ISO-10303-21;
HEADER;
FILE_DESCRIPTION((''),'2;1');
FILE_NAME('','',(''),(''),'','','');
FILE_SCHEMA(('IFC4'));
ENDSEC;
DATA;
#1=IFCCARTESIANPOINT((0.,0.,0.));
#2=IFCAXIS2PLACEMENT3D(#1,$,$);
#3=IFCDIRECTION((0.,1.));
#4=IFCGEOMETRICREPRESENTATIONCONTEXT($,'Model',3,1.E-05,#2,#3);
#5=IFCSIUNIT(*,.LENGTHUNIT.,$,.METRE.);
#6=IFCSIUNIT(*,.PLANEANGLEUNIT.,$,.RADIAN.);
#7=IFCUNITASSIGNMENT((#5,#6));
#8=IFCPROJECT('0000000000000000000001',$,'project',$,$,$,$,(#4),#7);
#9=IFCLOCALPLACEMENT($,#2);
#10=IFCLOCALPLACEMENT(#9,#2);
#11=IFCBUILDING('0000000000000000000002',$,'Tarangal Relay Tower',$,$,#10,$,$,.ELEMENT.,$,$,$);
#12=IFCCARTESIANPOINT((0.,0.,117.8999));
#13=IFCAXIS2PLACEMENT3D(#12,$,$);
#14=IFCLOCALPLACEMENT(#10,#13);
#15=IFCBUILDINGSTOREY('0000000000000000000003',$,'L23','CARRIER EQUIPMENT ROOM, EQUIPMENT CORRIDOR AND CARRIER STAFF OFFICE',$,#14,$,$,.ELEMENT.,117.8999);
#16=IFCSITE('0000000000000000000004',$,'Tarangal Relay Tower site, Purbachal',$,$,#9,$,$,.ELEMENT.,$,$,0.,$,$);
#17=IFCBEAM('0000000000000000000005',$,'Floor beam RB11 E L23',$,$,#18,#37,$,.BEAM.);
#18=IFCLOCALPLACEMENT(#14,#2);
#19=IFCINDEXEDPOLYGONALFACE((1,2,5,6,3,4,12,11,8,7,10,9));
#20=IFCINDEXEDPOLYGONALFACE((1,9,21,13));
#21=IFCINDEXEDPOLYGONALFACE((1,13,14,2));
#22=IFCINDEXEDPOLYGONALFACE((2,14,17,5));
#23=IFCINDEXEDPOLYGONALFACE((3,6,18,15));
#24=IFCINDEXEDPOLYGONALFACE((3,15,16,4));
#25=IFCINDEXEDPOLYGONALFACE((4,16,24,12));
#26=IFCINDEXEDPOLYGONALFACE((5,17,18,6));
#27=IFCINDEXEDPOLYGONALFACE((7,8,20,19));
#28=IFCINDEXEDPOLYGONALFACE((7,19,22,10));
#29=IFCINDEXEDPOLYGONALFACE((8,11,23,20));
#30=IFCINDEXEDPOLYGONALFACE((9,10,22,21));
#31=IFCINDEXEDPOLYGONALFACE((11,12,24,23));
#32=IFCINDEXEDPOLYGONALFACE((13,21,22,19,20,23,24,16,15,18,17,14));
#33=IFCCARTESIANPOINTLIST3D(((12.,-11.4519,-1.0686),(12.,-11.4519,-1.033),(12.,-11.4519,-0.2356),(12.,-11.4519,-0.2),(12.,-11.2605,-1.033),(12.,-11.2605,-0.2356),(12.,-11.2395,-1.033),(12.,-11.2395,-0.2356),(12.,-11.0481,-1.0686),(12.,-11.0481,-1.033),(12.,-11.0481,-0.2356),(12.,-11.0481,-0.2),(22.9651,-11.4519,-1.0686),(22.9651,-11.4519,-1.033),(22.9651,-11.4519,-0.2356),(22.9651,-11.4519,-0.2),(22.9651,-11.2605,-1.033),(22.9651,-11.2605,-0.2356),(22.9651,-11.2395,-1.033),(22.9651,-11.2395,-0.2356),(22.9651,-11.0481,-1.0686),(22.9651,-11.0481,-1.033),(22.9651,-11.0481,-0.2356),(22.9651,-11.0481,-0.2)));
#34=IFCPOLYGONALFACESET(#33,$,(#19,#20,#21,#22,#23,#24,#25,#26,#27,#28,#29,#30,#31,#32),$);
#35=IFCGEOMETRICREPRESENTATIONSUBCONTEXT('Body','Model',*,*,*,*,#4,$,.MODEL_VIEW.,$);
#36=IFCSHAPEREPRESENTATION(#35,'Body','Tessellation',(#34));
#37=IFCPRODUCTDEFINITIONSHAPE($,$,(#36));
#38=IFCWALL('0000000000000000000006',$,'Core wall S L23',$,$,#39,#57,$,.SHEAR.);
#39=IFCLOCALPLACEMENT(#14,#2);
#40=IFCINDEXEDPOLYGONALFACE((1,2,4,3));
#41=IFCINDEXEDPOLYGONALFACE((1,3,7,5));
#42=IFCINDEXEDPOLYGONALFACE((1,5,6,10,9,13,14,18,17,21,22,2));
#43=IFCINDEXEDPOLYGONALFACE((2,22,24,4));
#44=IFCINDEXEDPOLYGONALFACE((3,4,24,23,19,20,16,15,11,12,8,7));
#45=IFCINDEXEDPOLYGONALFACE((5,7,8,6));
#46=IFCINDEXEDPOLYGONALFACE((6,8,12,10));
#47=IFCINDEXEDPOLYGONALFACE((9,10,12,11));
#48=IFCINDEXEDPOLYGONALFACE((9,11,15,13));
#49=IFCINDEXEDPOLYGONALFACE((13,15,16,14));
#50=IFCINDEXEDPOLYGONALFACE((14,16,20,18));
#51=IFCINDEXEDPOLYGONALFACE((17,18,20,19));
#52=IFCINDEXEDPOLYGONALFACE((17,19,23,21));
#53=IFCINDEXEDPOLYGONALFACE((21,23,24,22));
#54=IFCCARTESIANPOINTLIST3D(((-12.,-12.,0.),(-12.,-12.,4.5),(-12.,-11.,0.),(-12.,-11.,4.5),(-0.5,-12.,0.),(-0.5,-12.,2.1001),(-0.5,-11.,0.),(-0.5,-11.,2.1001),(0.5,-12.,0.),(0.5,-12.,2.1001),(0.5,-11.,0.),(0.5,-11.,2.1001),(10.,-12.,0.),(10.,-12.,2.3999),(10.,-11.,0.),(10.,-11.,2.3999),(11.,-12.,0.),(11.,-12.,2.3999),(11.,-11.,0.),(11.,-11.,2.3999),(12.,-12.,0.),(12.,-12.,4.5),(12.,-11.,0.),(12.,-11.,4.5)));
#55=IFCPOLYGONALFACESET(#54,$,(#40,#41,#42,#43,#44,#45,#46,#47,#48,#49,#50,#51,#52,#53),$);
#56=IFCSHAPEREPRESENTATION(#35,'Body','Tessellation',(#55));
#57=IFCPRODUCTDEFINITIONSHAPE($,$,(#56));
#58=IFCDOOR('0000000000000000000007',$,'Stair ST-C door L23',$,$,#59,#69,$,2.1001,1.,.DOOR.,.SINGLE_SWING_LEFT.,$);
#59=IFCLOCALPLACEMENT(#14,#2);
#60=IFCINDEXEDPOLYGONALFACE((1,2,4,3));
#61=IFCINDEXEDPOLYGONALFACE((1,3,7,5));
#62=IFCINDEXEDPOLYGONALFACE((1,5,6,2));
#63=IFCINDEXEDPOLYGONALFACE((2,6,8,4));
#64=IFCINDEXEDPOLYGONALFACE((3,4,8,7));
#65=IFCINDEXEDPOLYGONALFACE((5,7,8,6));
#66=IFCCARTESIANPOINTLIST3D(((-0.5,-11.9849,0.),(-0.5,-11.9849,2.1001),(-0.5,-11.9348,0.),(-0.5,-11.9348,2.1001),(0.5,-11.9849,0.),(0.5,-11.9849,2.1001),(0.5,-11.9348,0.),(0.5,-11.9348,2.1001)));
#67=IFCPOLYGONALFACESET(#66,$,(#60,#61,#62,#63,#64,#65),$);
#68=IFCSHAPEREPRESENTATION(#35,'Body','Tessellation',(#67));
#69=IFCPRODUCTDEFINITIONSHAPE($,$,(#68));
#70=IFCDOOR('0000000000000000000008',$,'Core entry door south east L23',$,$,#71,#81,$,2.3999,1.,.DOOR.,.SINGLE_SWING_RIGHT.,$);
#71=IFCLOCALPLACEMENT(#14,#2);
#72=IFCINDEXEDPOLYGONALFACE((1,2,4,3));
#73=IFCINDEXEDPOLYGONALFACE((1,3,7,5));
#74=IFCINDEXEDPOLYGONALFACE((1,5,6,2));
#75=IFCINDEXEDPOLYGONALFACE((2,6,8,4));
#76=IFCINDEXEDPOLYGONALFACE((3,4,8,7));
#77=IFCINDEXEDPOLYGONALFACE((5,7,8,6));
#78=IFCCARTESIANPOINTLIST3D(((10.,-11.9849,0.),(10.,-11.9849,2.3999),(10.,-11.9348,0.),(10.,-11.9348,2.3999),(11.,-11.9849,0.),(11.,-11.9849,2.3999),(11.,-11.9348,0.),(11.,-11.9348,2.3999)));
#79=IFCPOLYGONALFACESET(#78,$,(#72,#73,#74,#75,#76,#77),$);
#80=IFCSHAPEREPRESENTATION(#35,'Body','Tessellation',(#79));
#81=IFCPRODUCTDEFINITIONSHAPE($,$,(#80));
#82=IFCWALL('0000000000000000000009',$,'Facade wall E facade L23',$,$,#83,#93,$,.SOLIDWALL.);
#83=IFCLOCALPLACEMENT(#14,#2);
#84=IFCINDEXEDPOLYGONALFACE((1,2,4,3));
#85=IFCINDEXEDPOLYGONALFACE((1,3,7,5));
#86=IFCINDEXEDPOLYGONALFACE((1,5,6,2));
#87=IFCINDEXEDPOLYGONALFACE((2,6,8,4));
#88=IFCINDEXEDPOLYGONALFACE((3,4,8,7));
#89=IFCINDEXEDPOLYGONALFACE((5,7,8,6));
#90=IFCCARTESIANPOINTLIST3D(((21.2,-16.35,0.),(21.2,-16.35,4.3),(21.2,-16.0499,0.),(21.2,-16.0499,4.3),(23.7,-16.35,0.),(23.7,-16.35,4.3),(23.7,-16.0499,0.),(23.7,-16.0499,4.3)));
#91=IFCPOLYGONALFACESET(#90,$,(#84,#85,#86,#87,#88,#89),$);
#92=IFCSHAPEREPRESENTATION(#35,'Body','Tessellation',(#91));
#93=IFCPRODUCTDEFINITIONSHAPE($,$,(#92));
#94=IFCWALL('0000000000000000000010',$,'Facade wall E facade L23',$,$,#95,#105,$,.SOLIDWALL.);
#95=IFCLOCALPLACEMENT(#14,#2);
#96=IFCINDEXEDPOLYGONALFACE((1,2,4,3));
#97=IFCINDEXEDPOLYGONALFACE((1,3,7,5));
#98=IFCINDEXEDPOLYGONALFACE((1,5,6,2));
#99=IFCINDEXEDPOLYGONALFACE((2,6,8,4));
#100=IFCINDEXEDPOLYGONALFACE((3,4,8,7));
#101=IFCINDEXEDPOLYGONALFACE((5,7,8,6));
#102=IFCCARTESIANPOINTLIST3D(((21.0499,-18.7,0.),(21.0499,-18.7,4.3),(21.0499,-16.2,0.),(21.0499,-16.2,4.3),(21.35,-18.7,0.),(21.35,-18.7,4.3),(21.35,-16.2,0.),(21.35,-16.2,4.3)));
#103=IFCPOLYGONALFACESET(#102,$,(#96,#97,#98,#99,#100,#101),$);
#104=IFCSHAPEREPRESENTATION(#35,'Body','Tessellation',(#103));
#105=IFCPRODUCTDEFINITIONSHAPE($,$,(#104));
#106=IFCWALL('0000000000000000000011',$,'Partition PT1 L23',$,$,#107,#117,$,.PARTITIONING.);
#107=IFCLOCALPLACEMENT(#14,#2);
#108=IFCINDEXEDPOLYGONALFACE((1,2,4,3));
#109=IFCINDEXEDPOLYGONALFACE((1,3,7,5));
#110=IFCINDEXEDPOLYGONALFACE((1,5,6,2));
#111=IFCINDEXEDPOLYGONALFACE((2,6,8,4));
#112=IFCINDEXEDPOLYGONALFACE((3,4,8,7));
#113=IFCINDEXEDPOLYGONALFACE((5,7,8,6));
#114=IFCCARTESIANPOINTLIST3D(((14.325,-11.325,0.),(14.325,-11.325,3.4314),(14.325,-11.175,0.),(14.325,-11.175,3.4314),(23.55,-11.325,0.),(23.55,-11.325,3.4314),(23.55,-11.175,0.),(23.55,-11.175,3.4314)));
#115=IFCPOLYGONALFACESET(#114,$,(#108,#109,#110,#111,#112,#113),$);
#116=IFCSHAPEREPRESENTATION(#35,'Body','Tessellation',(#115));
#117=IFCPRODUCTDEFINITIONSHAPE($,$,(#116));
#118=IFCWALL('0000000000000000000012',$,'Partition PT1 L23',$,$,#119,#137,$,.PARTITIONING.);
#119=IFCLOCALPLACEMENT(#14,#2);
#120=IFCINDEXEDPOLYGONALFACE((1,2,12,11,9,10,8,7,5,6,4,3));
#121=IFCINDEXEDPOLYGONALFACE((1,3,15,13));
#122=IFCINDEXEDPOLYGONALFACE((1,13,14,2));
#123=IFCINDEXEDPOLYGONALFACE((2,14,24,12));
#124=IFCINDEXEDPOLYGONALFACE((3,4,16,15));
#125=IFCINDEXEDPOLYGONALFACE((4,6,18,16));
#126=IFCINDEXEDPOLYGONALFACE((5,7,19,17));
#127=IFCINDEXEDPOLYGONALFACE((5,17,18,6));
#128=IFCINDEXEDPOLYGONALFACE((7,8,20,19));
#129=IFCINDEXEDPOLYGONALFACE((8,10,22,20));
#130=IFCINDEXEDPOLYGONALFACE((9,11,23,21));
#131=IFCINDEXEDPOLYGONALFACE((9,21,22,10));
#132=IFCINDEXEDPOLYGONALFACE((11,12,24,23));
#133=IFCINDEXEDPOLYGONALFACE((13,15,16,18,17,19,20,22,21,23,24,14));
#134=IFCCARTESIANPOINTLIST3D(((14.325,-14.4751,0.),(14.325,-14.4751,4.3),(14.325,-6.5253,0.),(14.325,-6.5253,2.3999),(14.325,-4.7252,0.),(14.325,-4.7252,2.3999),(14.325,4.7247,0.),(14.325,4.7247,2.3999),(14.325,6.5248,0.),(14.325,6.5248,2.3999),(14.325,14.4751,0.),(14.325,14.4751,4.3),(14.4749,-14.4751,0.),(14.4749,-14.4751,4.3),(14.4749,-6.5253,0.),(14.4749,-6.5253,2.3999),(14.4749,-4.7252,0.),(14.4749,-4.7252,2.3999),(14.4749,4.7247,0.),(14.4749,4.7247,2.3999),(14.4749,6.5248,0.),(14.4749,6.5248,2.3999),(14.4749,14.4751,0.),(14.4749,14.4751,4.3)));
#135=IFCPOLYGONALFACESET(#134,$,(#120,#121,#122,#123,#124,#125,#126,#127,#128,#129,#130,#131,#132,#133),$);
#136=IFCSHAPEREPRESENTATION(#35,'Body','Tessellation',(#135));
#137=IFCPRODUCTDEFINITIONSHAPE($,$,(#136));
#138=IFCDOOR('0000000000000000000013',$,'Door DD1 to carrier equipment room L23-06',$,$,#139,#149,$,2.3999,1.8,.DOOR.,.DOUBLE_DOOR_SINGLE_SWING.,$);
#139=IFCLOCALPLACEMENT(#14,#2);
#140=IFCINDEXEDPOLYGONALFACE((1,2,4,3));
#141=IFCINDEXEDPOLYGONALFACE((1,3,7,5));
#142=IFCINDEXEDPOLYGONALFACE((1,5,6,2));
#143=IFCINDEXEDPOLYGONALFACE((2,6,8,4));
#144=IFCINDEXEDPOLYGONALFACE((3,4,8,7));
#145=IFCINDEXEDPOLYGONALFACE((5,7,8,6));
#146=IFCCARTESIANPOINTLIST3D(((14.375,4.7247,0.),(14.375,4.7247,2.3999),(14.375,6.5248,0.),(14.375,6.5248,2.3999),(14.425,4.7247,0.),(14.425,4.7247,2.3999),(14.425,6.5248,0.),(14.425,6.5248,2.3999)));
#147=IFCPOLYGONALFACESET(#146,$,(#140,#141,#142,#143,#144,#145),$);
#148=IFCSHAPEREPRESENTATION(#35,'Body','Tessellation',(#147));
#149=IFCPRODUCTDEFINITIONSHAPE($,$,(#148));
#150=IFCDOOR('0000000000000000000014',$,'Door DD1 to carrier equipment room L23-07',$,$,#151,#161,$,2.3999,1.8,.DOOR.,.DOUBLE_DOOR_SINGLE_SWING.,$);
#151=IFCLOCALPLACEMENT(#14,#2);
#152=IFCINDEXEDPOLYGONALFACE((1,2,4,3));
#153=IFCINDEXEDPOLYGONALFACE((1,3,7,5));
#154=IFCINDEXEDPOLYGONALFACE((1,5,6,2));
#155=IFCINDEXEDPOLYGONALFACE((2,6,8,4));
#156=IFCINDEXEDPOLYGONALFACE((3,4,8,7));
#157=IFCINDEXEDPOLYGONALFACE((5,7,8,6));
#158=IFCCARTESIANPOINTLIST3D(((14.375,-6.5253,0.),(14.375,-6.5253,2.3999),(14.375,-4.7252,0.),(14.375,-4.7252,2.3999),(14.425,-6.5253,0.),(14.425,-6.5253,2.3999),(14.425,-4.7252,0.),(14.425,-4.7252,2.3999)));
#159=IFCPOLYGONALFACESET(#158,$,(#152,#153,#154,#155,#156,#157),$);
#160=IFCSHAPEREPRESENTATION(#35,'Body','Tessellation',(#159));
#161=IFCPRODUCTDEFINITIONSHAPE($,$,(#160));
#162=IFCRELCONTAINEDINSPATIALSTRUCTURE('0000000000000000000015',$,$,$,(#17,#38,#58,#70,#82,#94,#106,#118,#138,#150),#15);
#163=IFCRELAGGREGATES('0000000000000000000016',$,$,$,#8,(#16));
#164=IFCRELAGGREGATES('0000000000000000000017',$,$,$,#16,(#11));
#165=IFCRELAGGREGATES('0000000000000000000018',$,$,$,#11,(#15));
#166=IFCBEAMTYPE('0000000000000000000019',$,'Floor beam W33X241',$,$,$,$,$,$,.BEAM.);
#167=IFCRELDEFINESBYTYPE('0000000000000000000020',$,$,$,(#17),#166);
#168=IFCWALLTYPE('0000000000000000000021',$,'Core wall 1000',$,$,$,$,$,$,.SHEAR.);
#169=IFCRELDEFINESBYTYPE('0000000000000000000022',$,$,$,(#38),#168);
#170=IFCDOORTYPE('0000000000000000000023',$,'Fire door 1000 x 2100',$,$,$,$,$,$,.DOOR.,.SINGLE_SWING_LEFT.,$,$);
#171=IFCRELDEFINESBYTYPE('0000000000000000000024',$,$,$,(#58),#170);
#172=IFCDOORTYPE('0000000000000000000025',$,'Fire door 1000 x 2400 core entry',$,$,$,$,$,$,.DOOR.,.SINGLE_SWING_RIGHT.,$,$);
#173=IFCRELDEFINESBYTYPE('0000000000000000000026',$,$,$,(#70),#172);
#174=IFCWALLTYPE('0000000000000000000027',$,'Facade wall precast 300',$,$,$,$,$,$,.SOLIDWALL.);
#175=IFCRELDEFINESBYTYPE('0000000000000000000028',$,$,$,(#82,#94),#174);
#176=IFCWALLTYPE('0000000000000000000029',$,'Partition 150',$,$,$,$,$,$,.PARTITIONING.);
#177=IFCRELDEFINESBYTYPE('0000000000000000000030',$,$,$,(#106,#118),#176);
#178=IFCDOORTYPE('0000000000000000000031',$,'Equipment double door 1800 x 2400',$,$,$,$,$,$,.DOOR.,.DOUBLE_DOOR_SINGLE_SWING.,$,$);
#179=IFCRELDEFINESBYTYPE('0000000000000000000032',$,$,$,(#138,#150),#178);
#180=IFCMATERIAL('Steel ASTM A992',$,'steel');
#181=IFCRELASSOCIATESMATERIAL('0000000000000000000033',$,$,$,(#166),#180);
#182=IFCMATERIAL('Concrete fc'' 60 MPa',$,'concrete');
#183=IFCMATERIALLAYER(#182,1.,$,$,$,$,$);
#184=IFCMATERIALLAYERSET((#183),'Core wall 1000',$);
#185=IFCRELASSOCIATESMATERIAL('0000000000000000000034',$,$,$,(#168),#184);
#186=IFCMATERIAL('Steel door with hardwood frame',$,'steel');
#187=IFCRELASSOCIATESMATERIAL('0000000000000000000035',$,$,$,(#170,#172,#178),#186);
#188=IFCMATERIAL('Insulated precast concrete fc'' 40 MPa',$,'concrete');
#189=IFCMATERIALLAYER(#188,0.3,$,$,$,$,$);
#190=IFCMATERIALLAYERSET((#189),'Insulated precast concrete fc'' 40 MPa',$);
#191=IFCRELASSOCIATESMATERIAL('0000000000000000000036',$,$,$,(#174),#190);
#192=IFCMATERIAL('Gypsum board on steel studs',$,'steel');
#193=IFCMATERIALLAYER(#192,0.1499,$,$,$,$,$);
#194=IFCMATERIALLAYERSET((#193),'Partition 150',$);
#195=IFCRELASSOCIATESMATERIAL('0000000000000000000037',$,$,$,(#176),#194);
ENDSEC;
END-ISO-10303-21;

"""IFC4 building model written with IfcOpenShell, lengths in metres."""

from ifc_helpers import new_model, si_unit, direction, frame, frame_2d, origin, origin_2d, place, context, subcontext, project, spatial, rectangle, i_section, extrude, material, layer, layer_set, material_profile, profile_set, type_object, element, fill, save


model = new_model("IFC4")

# Units and contexts
model_context = context("Model", 3, precision=1e-05, world=origin(), true_north=direction((0.0, 1.0)))
body_context = subcontext(model_context, "Body", "Model", "MODEL_VIEW")
ifc_project = project(units=[si_unit("LENGTHUNIT", "METRE"), si_unit("PLANEANGLEUNIT", "RADIAN")], contexts=[model_context])

# Site, building, storey
site_placement = place(None, origin())
site = spatial("IfcSite", under=ifc_project, at=site_placement, Name="Tarangal Relay Tower site, Purbachal", CompositionType="ELEMENT", RefElevation=0.0)
building_placement = place(site_placement, origin())
building = spatial("IfcBuilding", under=site, at=building_placement, Name="Tarangal Relay Tower", CompositionType="ELEMENT")
storey_placement = place(building_placement, frame((0.0, 0.0, 117.8999)))
storey = spatial("IfcBuildingStorey", under=building, at=storey_placement, Name="L23", Description="CARRIER EQUIPMENT ROOM, EQUIPMENT CORRIDOR AND CARRIER STAFF OFFICE", CompositionType="ELEMENT", Elevation=117.8999)

# Beam
ifc_material_1 = material(Name="Steel ASTM A992", Category="steel")
ifc_material_profile = material_profile(ifc_material_1, i_section(OverallWidth=0.4038, OverallDepth=0.8687, WebThickness=0.021, FlangeThickness=0.0356, at=origin_2d()), Name="W33X241")
ifc_profile_set = profile_set([ifc_material_profile], Name="Steel ASTM A992")
beam_type = type_object("IfcBeamType", Name="Floor beam W33X241", PredefinedType="BEAM", material=ifc_profile_set)
beam_placement = place(storey_placement, frame((12.0, -11.25, -0.6343), z_axis=(1.0, 0.0, 0.0), x_axis=(0.0, 1.0, 0.0)))
element("IfcBeam", 1, at=beam_placement, inside=storey, type_object=beam_type, Name="Floor beam RB11 E L23", PredefinedType="BEAM", context=body_context, shape_type="SweptSolid", body=[
    extrude(i_section(OverallWidth=0.4038, OverallDepth=0.8687, WebThickness=0.021, FlangeThickness=0.0356, at=origin_2d()), origin(), (0.0, 0.0, 1.0), 10.9651),
])

# Wall, openings, doors
ifc_material_2 = material(Name="Concrete fc' 60 MPa", Category="concrete")
ifc_layer_1 = layer(ifc_material_2, 1.0)
ifc_layer_set_1 = layer_set([ifc_layer_1], Name="Core wall 1000")
wall_type_1 = type_object("IfcWallType", Name="Core wall 1000", PredefinedType="SHEAR", material=ifc_layer_set_1)
wall_1_placement = place(storey_placement, frame((12.0, -11.5, 0.0), z_axis=(0.0, 0.0, 1.0), x_axis=(-1.0, 0.0, 0.0)))
wall_1 = element("IfcWall", 2, at=wall_1_placement, inside=storey, type_object=wall_type_1, Name="Core wall S L23", PredefinedType="SHEAR", context=body_context, shape_type="SweptSolid", body=[
    extrude(rectangle(XDim=24.0, YDim=1.0, at=frame_2d((12.0, 0.0))), origin(), (0.0, 0.0, 1.0), 4.5),
])
opening_1_placement = place(wall_1_placement, frame((11.5, 0.0, 0.0)))
opening_1 = element("IfcOpeningElement", 3, at=opening_1_placement, cuts=wall_1, PredefinedType="OPENING", context=body_context, shape_type="SweptSolid", body=[
    extrude(rectangle(XDim=1.0, YDim=2.1001, at=frame_2d((0.5, 1.05))), frame((0.0, 0.51, 0.0), z_axis=(0.0, -1.0, 0.0), x_axis=(1.0, 0.0, 0.0)), (0.0, 0.0, 1.0), 1.02),
])
opening_2_placement = place(wall_1_placement, frame((1.0, 0.0, 0.0)))
opening_2 = element("IfcOpeningElement", 4, at=opening_2_placement, cuts=wall_1, PredefinedType="OPENING", context=body_context, shape_type="SweptSolid", body=[
    extrude(rectangle(XDim=1.0, YDim=2.3999, at=frame_2d((0.5, 1.2))), frame((0.0, 0.51, 0.0), z_axis=(0.0, -1.0, 0.0), x_axis=(1.0, 0.0, 0.0)), (0.0, 0.0, 1.0), 1.02),
])
ifc_material_3 = material(Name="Steel door with hardwood frame", Category="steel")
door_type_1 = type_object("IfcDoorType", Name="Fire door 1000 x 2100", OperationType="SINGLE_SWING_LEFT", PredefinedType="DOOR", material=ifc_material_3)
door_1_placement = place(opening_1_placement, origin())
door_1 = element("IfcDoor", 5, at=door_1_placement, inside=storey, type_object=door_type_1, Name="Stair ST-C door L23", OperationType="SINGLE_SWING_LEFT", OverallHeight=2.1001, OverallWidth=1.0, PredefinedType="DOOR", context=body_context, shape_type="SweptSolid", body=[
    extrude(rectangle(XDim=1.0, YDim=2.1001, at=frame_2d((0.5, 1.05))), frame((0.0, 0.4849, 0.0), z_axis=(0.0, -1.0, 0.0), x_axis=(1.0, 0.0, 0.0)), (0.0, 0.0, 1.0), 0.05),
])
fill(opening_1, door_1)
door_type_2 = type_object("IfcDoorType", Name="Fire door 1000 x 2400 core entry", OperationType="SINGLE_SWING_RIGHT", PredefinedType="DOOR", material=ifc_material_3)
door_2_placement = place(opening_2_placement, origin())
door_2 = element("IfcDoor", 6, at=door_2_placement, inside=storey, type_object=door_type_2, Name="Core entry door south east L23", OperationType="SINGLE_SWING_RIGHT", OverallHeight=2.3999, OverallWidth=1.0, PredefinedType="DOOR", context=body_context, shape_type="SweptSolid", body=[
    extrude(rectangle(XDim=1.0, YDim=2.3999, at=frame_2d((0.5, 1.2))), frame((0.0, 0.4849, 0.0), z_axis=(0.0, -1.0, 0.0), x_axis=(1.0, 0.0, 0.0)), (0.0, 0.0, 1.0), 0.05),
])
fill(opening_2, door_2)

# Walls
ifc_material_4 = material(Name="Insulated precast concrete fc' 40 MPa", Category="concrete")
ifc_layer_2 = layer(ifc_material_4, 0.3)
ifc_layer_set_2 = layer_set([ifc_layer_2], Name="Insulated precast concrete fc' 40 MPa")
wall_type_2 = type_object("IfcWallType", Name="Facade wall precast 300", PredefinedType="SOLIDWALL", material=ifc_layer_set_2)
for number, where, z_axis, x_axis, name in (
    (7, (23.7, -16.2, 0.0), (0.0, 0.0, 1.0), (-1.0, 0.0, 0.0), "Facade wall E facade L23"),
    (8, (21.2, -16.2, 0.0), (0.0, 0.0, 1.0), (0.0, -1.0, 0.0), "Facade wall E facade L23"),
):
    element("IfcWall", number, at=place(storey_placement, frame(where, z_axis=z_axis, x_axis=x_axis)), inside=storey, type_object=wall_type_2, Name=name, PredefinedType="SOLIDWALL", context=body_context, shape_type="SweptSolid", body=[
        extrude(rectangle(XDim=2.5, YDim=0.3, at=frame_2d((1.25, 0.0))), origin(), (0.0, 0.0, 1.0), 4.3),
    ])

# Wall
ifc_material_5 = material(Name="Gypsum board on steel studs", Category="steel")
ifc_layer_3 = layer(ifc_material_5, 0.1499)
ifc_layer_set_3 = layer_set([ifc_layer_3], Name="Partition 150")
wall_type_3 = type_object("IfcWallType", Name="Partition 150", PredefinedType="PARTITIONING", material=ifc_layer_set_3)
wall_2_placement = place(storey_placement, frame((14.325, -11.25, 0.0), z_axis=(0.0, 0.0, 1.0), x_axis=(1.0, 0.0, 0.0)))
element("IfcWall", 9, at=wall_2_placement, inside=storey, type_object=wall_type_3, Name="Partition PT1 L23", PredefinedType="PARTITIONING", context=body_context, shape_type="SweptSolid", body=[
    extrude(rectangle(XDim=9.2251, YDim=0.1499, at=frame_2d((4.6125, 0.0))), origin(), (0.0, 0.0, 1.0), 3.4314),
])

# Wall, openings, doors
wall_3_placement = place(storey_placement, frame((14.3999, -14.4751, 0.0), z_axis=(0.0, 0.0, 1.0), x_axis=(0.0, 1.0, 0.0)))
wall_3 = element("IfcWall", 10, at=wall_3_placement, inside=storey, type_object=wall_type_3, Name="Partition PT1 L23", PredefinedType="PARTITIONING", context=body_context, shape_type="SweptSolid", body=[
    extrude(rectangle(XDim=28.9502, YDim=0.1499, at=frame_2d((14.4751, 0.0))), origin(), (0.0, 0.0, 1.0), 4.3),
])
opening_3_placement = place(wall_3_placement, frame((19.2, 0.0, 0.0)))
opening_3 = element("IfcOpeningElement", 11, at=opening_3_placement, cuts=wall_3, PredefinedType="OPENING", context=body_context, shape_type="SweptSolid", body=[
    extrude(rectangle(XDim=1.8, YDim=2.3999, at=frame_2d((0.8999, 1.2))), frame((0.0, 0.085, 0.0), z_axis=(0.0, -1.0, 0.0), x_axis=(1.0, 0.0, 0.0)), (0.0, 0.0, 1.0), 0.1699),
])
opening_4_placement = place(wall_3_placement, frame((7.95, 0.0, 0.0)))
opening_4 = element("IfcOpeningElement", 12, at=opening_4_placement, cuts=wall_3, PredefinedType="OPENING", context=body_context, shape_type="SweptSolid", body=[
    extrude(rectangle(XDim=1.8, YDim=2.3999, at=frame_2d((0.8999, 1.2))), frame((0.0, 0.085, 0.0), z_axis=(0.0, -1.0, 0.0), x_axis=(1.0, 0.0, 0.0)), (0.0, 0.0, 1.0), 0.1699),
])
door_type_3 = type_object("IfcDoorType", Name="Equipment double door 1800 x 2400", OperationType="DOUBLE_DOOR_SINGLE_SWING", PredefinedType="DOOR", material=ifc_material_3)
door_3_placement = place(opening_3_placement, origin())
door_3 = element("IfcDoor", 13, at=door_3_placement, inside=storey, type_object=door_type_3, Name="Door DD1 to carrier equipment room L23-06", OperationType="DOUBLE_DOOR_SINGLE_SWING", OverallHeight=2.3999, OverallWidth=1.8, PredefinedType="DOOR", context=body_context, shape_type="SweptSolid", body=[
    extrude(rectangle(XDim=1.8, YDim=2.3999, at=frame_2d((0.8999, 1.2))), frame((0.0, 0.0249, 0.0), z_axis=(0.0, -1.0, 0.0), x_axis=(1.0, 0.0, 0.0)), (0.0, 0.0, 1.0), 0.05),
])
fill(opening_3, door_3)
door_4_placement = place(opening_4_placement, origin())
door_4 = element("IfcDoor", 14, at=door_4_placement, inside=storey, type_object=door_type_3, Name="Door DD1 to carrier equipment room L23-07", OperationType="DOUBLE_DOOR_SINGLE_SWING", OverallHeight=2.3999, OverallWidth=1.8, PredefinedType="DOOR", context=body_context, shape_type="SweptSolid", body=[
    extrude(rectangle(XDim=1.8, YDim=2.3999, at=frame_2d((0.8999, 1.2))), frame((0.0, 0.0249, 0.0), z_axis=(0.0, -1.0, 0.0), x_axis=(1.0, 0.0, 0.0)), (0.0, 0.0, 1.0), 0.05),
])
fill(opening_4, door_4)

save(model, "model.ifc")
